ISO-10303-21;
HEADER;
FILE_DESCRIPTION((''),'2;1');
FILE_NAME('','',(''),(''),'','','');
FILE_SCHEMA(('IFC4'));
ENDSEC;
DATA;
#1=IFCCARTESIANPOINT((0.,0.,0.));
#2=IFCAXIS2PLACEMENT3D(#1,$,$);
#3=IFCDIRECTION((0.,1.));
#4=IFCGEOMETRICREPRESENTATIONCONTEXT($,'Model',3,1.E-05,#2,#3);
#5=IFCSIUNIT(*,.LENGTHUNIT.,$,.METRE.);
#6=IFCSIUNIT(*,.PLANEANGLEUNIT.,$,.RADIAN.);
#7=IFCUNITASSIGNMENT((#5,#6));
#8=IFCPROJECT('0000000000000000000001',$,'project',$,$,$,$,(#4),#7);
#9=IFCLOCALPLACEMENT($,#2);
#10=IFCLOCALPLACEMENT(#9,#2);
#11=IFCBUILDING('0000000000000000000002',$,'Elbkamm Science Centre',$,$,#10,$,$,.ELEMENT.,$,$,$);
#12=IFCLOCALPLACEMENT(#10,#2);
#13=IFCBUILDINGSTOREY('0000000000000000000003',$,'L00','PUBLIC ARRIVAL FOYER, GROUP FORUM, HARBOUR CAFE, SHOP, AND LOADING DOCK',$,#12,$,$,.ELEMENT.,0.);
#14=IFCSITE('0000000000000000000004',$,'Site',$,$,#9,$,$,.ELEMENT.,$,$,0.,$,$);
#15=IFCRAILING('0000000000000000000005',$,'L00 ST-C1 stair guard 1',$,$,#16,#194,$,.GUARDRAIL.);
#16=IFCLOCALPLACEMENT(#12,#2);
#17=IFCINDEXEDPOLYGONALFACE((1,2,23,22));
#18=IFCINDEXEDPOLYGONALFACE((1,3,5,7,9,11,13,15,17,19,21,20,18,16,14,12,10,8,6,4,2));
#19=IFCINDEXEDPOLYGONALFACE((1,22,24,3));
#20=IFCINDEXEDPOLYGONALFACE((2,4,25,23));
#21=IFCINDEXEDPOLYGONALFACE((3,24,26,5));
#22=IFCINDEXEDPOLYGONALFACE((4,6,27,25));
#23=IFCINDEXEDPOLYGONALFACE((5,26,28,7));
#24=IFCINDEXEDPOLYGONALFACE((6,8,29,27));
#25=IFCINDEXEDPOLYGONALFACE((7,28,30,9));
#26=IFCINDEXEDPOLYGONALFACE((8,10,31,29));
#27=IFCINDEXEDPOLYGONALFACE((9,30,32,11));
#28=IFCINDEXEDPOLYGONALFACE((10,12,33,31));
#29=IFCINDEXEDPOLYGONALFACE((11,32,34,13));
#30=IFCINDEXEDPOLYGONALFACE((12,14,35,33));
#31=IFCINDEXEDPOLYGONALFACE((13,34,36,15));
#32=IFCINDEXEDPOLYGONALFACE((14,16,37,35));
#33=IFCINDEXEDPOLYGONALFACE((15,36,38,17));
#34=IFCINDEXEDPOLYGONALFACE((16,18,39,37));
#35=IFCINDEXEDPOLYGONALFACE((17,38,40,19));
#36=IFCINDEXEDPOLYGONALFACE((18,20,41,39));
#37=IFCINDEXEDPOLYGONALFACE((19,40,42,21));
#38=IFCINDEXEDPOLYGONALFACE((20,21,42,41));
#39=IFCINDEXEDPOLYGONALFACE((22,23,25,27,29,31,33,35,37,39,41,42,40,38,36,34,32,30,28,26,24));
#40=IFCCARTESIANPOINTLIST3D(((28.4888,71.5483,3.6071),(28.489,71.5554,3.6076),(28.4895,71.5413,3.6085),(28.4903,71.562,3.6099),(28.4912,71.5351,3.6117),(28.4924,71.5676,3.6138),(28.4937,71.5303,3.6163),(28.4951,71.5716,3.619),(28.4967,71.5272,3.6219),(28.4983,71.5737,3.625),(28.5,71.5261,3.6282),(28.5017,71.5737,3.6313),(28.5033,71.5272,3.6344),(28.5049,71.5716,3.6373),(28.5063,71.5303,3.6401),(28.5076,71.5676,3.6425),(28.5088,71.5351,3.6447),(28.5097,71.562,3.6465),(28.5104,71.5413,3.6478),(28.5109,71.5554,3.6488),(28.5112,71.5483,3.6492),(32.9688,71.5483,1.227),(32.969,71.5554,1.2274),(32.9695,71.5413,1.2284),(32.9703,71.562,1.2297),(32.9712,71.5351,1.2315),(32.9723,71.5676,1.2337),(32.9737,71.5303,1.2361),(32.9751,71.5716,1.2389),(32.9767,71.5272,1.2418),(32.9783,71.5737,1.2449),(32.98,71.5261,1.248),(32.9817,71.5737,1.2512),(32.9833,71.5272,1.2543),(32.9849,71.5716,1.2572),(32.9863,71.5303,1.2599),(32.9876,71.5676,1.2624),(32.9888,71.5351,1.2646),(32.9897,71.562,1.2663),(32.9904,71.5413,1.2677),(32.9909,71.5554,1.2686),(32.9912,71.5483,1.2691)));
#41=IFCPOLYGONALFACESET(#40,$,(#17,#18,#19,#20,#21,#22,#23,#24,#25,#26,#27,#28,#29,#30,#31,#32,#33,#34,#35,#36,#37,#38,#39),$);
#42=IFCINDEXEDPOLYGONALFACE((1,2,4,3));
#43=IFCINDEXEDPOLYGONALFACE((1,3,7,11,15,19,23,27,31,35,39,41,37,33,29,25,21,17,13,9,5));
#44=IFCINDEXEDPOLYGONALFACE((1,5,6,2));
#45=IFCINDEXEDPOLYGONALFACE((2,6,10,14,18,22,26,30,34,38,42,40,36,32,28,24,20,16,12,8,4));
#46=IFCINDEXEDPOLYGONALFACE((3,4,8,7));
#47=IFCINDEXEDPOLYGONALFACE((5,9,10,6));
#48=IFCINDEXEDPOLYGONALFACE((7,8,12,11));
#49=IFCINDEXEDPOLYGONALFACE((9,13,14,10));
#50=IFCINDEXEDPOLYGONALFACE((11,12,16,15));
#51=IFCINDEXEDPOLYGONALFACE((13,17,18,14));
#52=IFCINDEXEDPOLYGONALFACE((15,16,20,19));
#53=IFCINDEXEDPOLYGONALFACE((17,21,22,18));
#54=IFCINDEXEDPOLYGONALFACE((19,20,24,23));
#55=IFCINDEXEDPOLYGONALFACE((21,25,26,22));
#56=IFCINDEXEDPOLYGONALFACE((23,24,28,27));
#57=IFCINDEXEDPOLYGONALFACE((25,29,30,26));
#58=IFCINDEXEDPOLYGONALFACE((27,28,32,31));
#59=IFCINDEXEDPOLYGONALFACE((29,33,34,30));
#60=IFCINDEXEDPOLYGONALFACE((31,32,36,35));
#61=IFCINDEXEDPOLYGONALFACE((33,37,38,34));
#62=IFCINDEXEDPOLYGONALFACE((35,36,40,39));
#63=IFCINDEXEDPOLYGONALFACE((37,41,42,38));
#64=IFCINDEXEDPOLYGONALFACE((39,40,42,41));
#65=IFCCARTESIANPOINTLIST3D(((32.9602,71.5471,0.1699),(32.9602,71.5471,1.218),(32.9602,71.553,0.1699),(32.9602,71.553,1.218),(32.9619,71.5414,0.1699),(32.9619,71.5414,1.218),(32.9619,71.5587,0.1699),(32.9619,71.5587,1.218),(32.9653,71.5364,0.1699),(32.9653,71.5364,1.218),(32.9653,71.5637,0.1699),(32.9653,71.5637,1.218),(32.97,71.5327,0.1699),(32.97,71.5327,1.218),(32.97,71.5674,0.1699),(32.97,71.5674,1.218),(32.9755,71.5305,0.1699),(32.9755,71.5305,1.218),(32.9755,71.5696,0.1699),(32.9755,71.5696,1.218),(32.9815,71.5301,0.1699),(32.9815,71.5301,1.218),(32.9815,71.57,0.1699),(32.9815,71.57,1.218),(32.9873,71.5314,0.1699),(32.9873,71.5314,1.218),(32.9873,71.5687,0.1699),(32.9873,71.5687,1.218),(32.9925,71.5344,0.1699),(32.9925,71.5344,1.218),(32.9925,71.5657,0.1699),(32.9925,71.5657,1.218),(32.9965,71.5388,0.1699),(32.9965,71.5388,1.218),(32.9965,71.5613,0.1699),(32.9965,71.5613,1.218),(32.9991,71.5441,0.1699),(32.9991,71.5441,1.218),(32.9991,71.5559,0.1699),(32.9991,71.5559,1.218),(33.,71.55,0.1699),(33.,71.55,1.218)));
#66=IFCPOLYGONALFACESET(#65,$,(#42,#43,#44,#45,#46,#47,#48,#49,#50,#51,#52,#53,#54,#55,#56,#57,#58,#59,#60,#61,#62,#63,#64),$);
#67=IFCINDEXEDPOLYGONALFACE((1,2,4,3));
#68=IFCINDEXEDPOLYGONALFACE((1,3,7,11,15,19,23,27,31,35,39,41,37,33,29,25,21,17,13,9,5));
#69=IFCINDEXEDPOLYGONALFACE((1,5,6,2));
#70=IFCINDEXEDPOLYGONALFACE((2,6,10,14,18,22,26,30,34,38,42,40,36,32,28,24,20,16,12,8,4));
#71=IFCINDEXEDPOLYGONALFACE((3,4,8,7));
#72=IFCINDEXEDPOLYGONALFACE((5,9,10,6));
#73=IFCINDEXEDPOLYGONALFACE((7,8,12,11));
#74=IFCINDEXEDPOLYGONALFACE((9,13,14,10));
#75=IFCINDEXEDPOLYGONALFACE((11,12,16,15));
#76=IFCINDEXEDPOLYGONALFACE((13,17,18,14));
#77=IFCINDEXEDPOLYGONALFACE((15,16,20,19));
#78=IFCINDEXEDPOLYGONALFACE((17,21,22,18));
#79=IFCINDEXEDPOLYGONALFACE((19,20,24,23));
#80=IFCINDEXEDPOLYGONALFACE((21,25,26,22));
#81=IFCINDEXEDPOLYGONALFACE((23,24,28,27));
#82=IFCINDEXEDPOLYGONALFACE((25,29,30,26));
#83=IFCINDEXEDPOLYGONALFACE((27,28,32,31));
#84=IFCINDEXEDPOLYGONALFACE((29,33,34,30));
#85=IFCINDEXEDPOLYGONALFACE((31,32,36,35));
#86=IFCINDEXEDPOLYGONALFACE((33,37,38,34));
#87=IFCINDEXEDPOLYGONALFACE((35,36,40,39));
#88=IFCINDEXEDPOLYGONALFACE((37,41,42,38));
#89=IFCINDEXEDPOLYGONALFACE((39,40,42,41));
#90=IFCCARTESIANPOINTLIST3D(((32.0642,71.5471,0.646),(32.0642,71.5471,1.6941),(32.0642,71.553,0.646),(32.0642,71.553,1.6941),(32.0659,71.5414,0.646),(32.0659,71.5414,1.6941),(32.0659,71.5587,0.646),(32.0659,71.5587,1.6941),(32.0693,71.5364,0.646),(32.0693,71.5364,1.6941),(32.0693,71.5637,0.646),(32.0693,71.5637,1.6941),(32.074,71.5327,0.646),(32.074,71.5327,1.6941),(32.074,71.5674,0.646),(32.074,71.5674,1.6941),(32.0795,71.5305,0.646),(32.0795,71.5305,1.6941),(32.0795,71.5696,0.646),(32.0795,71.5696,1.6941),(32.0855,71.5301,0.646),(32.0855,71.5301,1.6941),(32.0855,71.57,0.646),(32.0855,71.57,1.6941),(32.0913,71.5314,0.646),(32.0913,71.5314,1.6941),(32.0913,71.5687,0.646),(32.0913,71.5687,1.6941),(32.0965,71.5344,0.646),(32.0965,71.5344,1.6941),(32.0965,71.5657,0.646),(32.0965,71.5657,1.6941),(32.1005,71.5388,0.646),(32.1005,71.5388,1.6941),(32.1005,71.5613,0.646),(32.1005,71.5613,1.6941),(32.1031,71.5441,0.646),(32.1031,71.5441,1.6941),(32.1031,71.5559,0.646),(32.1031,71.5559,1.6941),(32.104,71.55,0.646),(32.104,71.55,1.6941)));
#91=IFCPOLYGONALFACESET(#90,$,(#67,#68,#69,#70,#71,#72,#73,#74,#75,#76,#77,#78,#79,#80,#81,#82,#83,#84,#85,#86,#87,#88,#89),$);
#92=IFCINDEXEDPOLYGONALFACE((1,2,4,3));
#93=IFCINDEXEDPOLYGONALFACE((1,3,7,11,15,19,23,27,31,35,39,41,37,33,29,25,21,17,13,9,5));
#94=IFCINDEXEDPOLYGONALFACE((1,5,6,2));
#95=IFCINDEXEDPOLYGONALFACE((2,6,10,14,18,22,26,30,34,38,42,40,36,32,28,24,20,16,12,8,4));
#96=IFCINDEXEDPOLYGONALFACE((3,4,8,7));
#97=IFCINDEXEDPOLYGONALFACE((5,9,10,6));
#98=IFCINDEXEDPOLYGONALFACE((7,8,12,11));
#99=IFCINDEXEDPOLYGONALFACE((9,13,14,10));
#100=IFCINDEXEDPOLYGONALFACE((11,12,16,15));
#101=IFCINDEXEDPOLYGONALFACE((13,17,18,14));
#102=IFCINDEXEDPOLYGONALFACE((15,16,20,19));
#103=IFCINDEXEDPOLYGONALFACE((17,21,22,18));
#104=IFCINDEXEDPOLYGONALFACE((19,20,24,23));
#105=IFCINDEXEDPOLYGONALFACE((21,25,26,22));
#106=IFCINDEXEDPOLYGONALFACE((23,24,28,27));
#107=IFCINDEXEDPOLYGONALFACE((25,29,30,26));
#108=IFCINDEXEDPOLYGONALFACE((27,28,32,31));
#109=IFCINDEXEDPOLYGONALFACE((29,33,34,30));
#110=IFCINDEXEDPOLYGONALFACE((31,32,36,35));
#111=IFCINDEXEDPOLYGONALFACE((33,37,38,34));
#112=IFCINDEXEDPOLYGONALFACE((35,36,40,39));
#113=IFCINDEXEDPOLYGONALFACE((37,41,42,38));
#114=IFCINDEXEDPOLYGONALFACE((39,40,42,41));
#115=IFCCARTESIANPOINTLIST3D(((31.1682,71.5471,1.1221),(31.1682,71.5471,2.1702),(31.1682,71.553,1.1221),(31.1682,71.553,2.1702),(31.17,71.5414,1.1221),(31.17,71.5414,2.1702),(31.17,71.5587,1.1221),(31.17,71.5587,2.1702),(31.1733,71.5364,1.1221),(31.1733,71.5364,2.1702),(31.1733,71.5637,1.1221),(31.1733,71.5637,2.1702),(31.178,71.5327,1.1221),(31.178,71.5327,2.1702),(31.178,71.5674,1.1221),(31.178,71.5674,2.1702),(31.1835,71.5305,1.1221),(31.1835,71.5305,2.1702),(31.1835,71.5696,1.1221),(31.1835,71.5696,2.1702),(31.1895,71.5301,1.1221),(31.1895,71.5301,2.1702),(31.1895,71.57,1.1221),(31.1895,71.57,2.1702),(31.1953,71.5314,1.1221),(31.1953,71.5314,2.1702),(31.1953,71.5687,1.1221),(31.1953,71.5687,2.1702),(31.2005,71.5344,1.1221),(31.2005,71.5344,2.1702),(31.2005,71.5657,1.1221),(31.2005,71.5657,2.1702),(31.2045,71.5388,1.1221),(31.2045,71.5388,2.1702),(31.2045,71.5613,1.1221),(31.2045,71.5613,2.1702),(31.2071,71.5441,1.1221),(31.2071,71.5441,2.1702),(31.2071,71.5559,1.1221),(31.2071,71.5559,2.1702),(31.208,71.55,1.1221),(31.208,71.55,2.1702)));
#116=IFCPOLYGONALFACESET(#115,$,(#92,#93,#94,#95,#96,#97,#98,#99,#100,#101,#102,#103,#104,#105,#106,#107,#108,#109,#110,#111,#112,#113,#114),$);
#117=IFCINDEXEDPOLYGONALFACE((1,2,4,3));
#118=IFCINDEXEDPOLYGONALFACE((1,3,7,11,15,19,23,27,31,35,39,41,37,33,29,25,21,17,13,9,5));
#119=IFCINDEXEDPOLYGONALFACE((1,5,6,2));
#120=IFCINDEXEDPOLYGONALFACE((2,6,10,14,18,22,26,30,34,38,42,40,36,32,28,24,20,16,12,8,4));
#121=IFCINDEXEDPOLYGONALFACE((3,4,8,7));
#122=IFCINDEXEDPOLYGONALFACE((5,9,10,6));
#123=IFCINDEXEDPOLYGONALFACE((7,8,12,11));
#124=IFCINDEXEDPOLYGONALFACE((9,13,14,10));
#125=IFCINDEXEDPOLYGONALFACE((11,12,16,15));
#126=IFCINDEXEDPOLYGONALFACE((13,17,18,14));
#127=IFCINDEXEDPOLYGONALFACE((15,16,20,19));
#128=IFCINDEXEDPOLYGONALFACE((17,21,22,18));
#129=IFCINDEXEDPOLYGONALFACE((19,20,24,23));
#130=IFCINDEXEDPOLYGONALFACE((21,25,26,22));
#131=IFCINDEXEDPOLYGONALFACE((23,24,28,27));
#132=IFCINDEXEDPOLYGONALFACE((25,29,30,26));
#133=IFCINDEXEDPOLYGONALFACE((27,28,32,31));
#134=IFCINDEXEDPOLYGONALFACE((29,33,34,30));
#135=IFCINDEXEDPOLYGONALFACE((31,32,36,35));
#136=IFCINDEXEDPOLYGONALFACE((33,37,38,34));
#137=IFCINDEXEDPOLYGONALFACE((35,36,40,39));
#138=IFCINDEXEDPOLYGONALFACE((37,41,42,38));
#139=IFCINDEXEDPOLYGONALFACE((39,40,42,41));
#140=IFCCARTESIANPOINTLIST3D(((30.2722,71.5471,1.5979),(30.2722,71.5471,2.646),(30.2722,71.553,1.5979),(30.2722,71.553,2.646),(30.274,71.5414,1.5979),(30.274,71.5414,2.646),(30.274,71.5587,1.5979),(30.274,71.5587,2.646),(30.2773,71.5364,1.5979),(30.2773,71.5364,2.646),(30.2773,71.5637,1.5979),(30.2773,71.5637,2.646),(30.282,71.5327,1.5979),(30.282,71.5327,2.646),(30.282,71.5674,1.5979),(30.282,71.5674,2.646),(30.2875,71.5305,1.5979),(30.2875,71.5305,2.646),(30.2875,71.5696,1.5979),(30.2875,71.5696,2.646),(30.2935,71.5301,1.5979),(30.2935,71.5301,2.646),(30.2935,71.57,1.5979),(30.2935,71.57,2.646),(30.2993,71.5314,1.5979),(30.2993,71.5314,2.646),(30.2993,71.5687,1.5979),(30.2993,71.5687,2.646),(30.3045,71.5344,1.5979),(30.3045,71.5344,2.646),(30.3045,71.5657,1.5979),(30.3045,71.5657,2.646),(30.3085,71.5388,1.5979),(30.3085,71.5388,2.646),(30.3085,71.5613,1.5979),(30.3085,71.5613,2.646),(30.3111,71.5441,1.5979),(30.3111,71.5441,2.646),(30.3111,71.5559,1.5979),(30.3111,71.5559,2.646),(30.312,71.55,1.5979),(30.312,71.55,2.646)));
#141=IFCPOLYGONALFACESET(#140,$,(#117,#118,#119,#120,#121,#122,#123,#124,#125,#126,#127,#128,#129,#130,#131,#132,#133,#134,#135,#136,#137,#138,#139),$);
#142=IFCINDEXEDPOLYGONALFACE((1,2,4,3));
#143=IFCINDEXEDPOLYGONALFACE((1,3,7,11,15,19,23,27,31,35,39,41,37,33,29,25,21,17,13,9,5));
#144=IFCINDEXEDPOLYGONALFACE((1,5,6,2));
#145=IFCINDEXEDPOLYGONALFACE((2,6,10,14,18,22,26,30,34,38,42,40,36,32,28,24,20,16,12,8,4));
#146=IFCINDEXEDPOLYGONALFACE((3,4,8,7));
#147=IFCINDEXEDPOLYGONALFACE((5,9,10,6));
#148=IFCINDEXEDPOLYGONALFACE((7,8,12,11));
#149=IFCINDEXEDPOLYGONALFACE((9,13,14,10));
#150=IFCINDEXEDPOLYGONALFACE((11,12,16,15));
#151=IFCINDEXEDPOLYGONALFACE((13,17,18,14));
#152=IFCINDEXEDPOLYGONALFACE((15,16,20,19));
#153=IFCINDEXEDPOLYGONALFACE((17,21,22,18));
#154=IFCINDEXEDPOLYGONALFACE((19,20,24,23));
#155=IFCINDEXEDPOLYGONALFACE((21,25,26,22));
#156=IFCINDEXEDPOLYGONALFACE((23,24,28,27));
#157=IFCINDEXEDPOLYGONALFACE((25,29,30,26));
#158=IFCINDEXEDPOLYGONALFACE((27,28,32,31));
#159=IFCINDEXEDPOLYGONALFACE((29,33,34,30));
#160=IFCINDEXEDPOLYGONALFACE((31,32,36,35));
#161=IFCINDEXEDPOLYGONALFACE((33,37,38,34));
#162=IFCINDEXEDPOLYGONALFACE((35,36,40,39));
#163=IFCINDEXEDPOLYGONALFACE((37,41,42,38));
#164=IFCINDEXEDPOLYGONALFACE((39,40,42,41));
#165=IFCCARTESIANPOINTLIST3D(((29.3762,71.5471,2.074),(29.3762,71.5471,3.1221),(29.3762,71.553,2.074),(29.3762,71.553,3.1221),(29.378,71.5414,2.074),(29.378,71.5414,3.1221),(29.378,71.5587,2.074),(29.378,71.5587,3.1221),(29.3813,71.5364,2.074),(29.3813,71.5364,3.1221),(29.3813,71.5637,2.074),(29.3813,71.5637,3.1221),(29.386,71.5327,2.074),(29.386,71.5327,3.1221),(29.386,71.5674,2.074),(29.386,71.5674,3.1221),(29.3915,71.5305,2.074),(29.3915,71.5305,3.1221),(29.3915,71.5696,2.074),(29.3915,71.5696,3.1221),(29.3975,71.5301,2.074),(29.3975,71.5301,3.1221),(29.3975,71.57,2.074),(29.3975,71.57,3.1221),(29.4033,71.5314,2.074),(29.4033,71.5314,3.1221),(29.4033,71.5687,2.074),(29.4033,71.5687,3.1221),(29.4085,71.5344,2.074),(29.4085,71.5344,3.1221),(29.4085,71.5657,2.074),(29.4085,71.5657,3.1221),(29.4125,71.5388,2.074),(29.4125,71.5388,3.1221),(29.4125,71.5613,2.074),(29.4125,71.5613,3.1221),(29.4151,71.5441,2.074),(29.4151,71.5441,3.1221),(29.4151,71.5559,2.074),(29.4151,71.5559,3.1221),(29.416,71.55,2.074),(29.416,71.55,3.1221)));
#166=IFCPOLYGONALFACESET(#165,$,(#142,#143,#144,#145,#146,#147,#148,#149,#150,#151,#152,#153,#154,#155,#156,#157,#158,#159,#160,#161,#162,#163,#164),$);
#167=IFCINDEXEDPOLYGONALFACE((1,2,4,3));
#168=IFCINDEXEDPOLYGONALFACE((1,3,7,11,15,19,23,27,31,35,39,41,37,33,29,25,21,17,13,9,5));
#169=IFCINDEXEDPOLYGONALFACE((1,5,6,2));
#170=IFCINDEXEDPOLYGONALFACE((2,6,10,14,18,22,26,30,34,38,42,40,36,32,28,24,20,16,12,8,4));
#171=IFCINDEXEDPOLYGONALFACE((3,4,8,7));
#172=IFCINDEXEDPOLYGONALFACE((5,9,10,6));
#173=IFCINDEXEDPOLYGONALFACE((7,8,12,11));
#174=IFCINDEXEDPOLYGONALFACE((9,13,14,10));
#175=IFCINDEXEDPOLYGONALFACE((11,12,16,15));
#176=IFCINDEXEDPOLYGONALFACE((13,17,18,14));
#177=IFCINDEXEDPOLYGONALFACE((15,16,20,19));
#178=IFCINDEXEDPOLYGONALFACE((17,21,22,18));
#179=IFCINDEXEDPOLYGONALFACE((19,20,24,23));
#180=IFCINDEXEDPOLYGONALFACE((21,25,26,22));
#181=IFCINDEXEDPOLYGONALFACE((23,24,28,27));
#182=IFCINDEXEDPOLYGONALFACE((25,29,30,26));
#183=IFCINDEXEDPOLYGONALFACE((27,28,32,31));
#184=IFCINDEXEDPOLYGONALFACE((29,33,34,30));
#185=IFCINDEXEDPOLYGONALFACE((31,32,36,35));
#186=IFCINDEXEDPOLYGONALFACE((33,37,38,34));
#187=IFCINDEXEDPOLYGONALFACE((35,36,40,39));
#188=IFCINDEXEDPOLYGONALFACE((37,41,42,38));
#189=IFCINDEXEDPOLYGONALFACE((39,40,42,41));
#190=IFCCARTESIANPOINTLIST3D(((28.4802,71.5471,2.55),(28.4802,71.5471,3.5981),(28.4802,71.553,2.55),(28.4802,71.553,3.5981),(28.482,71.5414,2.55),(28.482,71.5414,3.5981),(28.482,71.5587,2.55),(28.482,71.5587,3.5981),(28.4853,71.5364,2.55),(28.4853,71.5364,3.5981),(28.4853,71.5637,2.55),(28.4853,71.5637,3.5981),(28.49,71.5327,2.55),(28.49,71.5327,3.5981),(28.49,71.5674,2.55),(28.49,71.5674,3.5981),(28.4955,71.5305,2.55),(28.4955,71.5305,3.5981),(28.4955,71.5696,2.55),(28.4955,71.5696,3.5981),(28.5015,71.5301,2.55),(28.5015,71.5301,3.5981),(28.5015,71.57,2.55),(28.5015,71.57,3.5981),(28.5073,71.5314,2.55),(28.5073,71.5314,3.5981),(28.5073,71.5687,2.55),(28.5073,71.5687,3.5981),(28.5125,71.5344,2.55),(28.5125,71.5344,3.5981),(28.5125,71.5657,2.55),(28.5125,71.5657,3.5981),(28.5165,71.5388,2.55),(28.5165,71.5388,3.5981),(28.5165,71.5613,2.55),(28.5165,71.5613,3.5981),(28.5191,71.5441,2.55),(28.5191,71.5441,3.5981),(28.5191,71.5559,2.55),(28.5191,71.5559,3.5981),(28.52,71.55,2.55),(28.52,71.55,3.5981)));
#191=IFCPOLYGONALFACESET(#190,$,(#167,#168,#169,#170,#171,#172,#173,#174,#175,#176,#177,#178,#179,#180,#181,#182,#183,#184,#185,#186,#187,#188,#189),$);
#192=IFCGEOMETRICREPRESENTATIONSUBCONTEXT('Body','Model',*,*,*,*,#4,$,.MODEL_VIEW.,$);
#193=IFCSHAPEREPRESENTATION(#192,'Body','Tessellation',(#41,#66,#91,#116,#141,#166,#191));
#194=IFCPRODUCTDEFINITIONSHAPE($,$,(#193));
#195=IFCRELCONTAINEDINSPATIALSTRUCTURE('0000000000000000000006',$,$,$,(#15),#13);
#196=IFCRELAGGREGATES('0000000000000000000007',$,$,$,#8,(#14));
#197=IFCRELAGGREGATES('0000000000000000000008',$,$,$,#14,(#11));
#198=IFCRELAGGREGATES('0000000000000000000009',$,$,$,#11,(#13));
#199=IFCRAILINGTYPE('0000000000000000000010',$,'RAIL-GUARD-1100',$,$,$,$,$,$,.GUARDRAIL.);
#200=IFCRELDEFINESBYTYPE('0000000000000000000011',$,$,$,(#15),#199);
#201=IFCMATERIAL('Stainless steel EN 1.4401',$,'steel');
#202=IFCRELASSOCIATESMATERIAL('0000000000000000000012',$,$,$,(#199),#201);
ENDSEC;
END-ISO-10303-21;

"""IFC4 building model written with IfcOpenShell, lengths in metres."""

from ifc_helpers import new_model, si_unit, direction, frame, origin, origin_2d, place, context, subcontext, project, spatial, circle, extrude, material, type_object, element, save


model = new_model("IFC4")

# Units and contexts
model_context = context("Model", 3, precision=1e-05, world=origin(), true_north=direction((0.0, 1.0)))
body_context = subcontext(model_context, "Body", "Model", "MODEL_VIEW")
ifc_project = project(units=[si_unit("LENGTHUNIT", "METRE"), si_unit("PLANEANGLEUNIT", "RADIAN")], contexts=[model_context])

# Site, building, storey
site_placement = place(None, origin())
site = spatial("IfcSite", under=ifc_project, at=site_placement, Name="Site", CompositionType="ELEMENT", RefElevation=0.0)
building_placement = place(site_placement, origin())
building = spatial("IfcBuilding", under=site, at=building_placement, Name="Elbkamm Science Centre", CompositionType="ELEMENT")
storey_placement = place(building_placement, origin())
storey = spatial("IfcBuildingStorey", under=building, at=storey_placement, Name="L00", Description="PUBLIC ARRIVAL FOYER, GROUP FORUM, HARBOUR CAFE, SHOP, AND LOADING DOCK", CompositionType="ELEMENT", Elevation=0.0)

# Railing
ifc_material_1 = material(Name="Stainless steel EN 1.4401", Category="steel")
railing_type_1 = type_object("IfcRailingType", Name="RAIL-GUARD-1100", PredefinedType="GUARDRAIL", material=ifc_material_1)
railing_1_placement = place(storey_placement, frame((32.98, 71.55, 0.1699)))
element("IfcRailing", 1, at=railing_1_placement, inside=storey, type_object=railing_type_1, Name="L00 ST-C1 stair guard 1", PredefinedType="GUARDRAIL", context=body_context, shape_type="SweptSolid", body=[
    extrude(circle(Radius=0.0239, at=origin_2d()), frame((0.0, 0.0, 1.0781), z_axis=(-0.883105, 0.0, 0.469176), x_axis=(0.0, -1.0, 0.0)), (0.0, 0.0, 1.0), 5.073),
    extrude(circle(Radius=0.02, at=origin_2d()), origin(), (0.0, 0.0, 1.0), 1.0481),
    extrude(circle(Radius=0.02, at=origin_2d()), frame((-0.896, 0.0, 0.4761)), (0.0, 0.0, 1.0), 1.0481),
    extrude(circle(Radius=0.02, at=origin_2d()), frame((-1.792, 0.0, 0.9521)), (0.0, 0.0, 1.0), 1.0481),
    extrude(circle(Radius=0.02, at=origin_2d()), frame((-2.688, 0.0, 1.428)), (0.0, 0.0, 1.0), 1.0481),
    extrude(circle(Radius=0.02, at=origin_2d()), frame((-3.584, 0.0, 1.9041)), (0.0, 0.0, 1.0), 1.0481),
    extrude(circle(Radius=0.02, at=origin_2d()), frame((-4.48, 0.0, 2.3801)), (0.0, 0.0, 1.0), 1.0481),
])

save(model, "model.ifc")
